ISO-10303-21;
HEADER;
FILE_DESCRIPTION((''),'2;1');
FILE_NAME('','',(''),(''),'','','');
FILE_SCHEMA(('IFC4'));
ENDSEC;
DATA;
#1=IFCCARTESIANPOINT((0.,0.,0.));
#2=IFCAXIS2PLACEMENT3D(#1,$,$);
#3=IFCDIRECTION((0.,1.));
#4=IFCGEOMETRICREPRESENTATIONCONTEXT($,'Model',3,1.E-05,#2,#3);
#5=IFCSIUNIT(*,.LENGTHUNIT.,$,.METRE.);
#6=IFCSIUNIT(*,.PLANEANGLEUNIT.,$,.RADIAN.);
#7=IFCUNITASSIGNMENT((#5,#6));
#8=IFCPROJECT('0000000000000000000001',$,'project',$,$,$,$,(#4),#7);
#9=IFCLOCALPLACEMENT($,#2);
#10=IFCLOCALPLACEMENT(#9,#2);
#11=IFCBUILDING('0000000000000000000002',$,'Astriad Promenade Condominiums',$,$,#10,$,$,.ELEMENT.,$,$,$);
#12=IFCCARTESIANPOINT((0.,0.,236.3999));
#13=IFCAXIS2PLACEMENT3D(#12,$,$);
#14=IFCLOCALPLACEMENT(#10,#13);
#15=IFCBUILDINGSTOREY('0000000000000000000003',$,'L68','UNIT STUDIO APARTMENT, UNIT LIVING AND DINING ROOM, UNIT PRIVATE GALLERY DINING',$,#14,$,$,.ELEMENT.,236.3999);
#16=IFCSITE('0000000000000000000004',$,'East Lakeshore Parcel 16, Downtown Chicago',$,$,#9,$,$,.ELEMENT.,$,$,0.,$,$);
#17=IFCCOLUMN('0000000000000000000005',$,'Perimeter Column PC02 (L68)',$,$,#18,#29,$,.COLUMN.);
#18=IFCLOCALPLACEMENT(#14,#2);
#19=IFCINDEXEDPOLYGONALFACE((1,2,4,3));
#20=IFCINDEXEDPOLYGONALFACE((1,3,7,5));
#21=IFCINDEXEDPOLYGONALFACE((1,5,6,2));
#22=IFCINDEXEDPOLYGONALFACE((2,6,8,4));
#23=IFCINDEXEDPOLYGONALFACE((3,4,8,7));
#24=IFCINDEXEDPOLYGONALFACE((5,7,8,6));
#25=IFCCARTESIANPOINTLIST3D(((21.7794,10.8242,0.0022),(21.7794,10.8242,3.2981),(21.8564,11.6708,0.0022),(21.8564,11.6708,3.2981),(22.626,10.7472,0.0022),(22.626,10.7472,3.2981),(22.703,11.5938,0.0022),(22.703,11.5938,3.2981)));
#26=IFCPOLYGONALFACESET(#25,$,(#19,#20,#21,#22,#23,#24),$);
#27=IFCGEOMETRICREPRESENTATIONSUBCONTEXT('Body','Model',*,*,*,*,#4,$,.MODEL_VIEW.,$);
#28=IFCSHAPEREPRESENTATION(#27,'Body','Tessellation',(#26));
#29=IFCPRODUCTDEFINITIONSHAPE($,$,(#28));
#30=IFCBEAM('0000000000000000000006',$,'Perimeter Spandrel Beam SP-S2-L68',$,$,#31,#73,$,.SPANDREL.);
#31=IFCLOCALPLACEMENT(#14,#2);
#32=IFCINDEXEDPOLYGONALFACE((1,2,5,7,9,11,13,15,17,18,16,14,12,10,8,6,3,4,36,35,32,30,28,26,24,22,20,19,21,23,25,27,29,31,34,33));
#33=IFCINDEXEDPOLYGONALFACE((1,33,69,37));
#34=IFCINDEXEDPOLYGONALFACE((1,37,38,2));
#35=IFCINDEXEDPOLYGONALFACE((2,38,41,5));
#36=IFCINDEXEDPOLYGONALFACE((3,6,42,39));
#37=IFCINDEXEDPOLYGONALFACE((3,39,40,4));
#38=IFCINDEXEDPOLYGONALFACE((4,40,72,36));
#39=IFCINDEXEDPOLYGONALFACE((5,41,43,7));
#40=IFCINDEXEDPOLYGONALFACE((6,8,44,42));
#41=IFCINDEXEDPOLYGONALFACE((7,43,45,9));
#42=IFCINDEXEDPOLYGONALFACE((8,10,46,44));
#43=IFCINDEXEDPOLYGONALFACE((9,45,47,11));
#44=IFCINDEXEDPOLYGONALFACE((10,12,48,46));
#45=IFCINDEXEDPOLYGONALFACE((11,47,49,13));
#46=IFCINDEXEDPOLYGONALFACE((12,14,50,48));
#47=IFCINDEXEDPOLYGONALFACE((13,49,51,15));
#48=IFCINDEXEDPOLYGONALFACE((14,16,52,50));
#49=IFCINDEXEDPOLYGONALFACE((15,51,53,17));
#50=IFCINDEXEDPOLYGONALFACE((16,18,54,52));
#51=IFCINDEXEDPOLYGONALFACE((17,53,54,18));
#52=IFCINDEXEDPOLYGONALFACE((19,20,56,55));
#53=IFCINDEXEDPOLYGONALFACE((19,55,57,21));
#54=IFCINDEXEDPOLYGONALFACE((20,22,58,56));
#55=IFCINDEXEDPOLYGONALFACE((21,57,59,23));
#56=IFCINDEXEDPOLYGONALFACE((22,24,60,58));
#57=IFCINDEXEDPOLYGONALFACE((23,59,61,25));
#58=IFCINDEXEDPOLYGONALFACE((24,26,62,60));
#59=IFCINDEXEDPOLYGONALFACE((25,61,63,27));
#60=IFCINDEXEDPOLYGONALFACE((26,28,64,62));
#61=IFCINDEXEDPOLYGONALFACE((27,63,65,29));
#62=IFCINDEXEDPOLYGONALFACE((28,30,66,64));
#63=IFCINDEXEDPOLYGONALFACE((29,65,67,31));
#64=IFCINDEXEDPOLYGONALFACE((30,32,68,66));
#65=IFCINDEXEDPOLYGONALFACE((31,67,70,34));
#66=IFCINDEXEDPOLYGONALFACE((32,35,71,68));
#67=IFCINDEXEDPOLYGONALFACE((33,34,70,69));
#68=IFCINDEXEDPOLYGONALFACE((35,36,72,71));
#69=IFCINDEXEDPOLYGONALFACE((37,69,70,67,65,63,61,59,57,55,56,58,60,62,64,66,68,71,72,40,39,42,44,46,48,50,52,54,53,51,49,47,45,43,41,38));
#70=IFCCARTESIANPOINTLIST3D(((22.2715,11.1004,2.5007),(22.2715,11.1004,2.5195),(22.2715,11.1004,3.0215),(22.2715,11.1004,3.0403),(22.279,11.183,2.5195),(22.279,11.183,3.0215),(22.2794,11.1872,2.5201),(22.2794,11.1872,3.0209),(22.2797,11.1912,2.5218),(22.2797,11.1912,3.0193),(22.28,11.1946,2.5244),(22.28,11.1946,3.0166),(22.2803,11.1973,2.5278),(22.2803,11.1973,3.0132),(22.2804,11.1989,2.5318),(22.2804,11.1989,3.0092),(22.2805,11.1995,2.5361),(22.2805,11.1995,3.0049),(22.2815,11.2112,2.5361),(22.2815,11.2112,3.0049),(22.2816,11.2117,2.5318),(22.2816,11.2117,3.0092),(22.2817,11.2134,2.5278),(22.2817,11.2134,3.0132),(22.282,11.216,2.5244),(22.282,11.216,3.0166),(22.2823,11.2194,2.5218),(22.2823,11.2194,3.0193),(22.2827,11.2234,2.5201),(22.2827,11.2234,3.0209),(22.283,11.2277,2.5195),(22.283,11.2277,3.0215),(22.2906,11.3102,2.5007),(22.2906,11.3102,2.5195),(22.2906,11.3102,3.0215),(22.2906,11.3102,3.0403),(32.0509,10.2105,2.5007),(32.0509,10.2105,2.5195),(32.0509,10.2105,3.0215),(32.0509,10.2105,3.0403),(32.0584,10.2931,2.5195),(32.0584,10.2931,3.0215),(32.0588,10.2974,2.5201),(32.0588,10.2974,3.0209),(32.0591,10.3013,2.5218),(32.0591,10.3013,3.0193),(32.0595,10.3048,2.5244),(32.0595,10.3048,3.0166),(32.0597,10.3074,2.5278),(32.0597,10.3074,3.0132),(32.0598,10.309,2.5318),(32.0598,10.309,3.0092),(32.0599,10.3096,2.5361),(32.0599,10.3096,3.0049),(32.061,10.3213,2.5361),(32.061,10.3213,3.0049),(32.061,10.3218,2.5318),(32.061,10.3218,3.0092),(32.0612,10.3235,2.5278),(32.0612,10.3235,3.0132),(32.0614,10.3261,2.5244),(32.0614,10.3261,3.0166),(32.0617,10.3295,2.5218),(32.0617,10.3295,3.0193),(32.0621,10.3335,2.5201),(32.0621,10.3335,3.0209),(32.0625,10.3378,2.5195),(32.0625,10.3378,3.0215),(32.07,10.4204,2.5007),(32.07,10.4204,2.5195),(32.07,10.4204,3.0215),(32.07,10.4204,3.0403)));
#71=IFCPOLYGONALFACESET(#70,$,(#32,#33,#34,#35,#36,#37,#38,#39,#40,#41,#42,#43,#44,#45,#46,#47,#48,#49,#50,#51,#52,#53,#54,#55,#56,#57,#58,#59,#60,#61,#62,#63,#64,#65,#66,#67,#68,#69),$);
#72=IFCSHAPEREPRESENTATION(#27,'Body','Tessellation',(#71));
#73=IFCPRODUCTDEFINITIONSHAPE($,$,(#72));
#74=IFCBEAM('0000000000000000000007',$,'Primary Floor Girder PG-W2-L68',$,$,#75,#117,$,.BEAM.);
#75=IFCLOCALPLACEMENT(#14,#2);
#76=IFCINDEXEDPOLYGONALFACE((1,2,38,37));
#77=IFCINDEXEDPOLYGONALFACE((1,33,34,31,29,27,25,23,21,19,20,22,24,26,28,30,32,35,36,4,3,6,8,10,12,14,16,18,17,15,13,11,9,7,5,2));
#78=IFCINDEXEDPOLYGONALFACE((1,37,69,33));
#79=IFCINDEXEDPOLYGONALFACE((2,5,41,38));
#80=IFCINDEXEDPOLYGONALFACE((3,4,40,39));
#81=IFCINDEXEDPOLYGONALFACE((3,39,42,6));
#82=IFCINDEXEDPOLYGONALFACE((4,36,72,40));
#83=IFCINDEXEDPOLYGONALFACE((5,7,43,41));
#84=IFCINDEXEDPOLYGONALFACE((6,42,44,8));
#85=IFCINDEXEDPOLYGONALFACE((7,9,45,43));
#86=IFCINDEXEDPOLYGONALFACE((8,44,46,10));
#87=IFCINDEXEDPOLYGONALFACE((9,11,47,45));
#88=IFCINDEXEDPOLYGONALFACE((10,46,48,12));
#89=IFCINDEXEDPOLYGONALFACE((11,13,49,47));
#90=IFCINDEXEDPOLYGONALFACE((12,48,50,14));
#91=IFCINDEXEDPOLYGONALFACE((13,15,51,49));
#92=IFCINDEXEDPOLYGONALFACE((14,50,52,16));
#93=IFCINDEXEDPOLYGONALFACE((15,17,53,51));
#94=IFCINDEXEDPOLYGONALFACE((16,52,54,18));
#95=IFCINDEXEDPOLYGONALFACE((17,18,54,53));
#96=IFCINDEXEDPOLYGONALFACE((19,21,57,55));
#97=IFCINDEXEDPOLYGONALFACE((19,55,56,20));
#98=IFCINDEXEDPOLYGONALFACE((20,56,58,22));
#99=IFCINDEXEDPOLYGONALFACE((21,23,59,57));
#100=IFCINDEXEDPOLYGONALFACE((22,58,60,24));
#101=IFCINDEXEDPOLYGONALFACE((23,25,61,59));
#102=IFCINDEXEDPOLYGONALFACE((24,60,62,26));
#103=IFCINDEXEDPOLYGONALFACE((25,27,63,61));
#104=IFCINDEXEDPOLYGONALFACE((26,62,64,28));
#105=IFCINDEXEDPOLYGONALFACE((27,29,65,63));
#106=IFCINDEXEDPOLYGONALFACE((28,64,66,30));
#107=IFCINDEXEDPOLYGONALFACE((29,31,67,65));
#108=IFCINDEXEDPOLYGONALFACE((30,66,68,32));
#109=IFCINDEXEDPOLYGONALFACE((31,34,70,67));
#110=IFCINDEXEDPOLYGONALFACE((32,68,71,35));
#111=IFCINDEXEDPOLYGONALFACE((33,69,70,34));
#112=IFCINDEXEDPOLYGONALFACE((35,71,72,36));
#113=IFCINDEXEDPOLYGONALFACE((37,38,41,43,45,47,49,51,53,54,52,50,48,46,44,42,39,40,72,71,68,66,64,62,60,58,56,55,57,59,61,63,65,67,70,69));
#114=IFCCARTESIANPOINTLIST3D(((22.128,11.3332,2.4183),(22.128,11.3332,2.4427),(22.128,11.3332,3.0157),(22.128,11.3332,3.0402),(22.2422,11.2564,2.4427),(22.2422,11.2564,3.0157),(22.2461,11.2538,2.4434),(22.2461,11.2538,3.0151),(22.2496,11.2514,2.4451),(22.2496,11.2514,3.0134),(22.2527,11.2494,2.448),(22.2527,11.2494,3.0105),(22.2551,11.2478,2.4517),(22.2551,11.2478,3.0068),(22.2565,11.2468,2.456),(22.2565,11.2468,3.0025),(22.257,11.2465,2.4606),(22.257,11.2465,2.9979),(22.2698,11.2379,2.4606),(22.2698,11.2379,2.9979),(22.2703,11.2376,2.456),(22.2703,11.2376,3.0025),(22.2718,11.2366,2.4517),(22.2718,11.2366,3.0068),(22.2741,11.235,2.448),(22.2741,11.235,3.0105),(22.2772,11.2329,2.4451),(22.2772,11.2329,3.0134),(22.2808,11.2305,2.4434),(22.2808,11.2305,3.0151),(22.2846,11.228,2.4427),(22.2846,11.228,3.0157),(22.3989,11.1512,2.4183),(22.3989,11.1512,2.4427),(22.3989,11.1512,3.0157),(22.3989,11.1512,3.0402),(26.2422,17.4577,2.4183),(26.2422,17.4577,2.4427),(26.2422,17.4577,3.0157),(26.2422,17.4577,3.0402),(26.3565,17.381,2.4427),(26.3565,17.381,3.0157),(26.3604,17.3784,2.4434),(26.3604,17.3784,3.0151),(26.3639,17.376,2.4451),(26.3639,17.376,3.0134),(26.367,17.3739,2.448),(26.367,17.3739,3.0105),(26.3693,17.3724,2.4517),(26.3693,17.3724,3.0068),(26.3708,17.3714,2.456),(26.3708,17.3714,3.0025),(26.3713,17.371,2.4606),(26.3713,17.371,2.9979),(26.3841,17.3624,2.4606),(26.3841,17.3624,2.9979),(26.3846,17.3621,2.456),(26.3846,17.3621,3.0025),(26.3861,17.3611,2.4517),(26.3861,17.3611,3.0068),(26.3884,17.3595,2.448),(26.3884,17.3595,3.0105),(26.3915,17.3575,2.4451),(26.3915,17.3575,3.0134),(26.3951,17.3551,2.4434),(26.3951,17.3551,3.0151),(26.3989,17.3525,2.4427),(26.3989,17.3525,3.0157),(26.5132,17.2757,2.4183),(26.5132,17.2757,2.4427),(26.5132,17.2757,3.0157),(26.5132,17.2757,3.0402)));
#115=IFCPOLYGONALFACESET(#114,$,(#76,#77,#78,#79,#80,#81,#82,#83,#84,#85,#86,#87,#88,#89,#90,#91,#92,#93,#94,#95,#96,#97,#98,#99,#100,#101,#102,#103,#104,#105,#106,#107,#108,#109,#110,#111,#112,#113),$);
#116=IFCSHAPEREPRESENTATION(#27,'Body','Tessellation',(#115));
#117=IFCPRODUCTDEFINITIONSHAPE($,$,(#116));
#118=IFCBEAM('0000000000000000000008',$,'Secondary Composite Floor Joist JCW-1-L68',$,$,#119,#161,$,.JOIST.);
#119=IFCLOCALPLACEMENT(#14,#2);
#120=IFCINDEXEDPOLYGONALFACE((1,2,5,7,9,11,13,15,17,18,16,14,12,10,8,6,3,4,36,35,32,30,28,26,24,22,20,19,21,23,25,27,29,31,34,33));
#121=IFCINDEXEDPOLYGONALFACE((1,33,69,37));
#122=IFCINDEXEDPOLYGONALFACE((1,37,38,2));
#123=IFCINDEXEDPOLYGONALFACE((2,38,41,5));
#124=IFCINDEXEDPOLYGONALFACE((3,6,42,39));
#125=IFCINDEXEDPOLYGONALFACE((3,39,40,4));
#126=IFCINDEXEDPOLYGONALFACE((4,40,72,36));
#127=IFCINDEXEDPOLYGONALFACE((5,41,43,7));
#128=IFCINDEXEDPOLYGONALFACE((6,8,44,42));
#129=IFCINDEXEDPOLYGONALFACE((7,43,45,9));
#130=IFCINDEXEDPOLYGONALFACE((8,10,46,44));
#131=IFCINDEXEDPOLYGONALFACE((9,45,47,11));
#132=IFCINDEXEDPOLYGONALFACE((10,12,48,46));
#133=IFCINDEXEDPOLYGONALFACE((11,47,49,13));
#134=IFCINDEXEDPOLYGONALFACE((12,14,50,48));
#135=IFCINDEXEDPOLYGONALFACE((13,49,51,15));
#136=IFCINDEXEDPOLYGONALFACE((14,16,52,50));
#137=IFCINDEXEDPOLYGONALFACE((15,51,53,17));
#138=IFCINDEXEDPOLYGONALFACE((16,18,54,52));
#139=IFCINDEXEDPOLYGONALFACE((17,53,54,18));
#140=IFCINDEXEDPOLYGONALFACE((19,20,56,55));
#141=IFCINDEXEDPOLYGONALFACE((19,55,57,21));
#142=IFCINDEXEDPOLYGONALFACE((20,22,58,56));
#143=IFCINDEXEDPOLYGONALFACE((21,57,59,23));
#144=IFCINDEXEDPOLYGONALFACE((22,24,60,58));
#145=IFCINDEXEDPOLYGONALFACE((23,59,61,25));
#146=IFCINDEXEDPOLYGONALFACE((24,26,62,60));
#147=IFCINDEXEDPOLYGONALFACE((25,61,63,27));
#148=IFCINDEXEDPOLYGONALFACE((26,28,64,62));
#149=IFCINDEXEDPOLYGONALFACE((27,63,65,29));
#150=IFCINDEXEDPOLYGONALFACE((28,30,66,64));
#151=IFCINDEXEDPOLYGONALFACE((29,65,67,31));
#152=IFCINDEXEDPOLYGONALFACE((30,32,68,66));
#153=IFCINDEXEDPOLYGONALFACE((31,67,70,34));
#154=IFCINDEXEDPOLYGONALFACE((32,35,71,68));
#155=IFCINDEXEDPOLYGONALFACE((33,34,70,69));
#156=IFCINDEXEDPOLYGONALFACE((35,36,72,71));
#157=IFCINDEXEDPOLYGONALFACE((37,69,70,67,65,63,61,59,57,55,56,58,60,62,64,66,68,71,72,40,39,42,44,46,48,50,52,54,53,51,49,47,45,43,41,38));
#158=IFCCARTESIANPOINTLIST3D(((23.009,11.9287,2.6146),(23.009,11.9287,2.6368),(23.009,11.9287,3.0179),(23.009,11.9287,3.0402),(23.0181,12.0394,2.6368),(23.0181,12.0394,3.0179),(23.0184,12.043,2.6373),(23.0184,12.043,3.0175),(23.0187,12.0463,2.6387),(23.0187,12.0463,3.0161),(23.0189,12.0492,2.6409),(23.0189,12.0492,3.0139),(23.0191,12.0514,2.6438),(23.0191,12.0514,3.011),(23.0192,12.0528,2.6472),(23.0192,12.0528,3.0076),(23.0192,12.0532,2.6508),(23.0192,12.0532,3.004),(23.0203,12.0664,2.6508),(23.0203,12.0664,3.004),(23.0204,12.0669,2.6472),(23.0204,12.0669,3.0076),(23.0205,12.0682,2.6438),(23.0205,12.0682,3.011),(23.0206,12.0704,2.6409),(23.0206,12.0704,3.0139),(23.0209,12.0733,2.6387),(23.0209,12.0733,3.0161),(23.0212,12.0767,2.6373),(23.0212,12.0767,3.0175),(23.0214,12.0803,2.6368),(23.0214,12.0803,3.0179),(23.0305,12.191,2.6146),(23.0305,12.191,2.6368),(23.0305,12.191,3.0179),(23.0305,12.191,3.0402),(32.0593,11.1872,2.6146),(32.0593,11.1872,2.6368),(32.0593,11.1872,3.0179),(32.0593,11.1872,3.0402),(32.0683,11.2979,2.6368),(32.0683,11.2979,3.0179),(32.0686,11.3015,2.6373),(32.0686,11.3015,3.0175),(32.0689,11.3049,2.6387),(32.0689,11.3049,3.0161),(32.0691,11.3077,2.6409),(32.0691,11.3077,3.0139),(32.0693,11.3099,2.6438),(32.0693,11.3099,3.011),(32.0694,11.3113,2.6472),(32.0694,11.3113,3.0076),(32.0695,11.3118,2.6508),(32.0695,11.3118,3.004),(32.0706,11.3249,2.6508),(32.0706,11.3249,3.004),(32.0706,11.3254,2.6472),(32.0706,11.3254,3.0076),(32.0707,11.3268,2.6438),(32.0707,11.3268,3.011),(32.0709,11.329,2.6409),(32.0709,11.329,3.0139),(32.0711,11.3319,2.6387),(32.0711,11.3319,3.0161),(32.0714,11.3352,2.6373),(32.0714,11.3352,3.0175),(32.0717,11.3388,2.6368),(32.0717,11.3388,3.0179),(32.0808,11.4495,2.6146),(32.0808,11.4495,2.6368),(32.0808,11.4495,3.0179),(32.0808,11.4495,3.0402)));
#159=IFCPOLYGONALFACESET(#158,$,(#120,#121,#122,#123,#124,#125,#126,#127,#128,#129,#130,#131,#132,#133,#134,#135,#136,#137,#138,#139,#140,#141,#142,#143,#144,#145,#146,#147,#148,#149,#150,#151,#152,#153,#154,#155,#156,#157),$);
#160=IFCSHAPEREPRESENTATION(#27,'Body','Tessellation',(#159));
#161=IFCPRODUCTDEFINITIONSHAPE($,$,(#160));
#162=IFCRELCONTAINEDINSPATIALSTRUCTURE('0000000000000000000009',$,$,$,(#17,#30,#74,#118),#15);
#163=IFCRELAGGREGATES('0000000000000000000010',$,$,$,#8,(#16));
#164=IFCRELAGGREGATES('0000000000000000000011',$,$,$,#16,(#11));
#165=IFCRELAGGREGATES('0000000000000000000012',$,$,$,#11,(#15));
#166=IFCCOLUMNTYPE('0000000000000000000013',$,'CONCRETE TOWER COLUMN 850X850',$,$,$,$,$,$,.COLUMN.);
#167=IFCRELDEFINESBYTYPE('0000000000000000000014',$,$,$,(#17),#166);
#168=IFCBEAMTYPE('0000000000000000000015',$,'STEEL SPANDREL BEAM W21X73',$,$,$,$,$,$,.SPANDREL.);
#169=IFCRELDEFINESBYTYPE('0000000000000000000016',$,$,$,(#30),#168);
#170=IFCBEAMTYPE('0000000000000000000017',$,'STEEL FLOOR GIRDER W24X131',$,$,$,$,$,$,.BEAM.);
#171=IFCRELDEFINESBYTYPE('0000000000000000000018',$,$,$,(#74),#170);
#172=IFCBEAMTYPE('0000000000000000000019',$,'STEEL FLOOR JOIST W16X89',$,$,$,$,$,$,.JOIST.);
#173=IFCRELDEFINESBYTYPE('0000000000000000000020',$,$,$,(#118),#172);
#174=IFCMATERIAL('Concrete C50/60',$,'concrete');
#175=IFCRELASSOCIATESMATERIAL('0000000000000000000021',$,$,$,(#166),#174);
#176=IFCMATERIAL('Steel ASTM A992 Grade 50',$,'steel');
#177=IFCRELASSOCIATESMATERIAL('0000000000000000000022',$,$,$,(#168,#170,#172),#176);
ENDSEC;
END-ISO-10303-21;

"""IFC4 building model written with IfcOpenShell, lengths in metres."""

from ifc_helpers import new_model, si_unit, direction, frame, origin, origin_2d, place, context, subcontext, project, spatial, rectangle, i_section, extrude, source, transform, mapped, material, material_profile, profile_set, type_object, type_shapes, element, save


model = new_model("IFC4")

# Units and contexts
model_context = context("Model", 3, precision=1e-05, world=origin(), true_north=direction((0.0, 1.0)))
body_context = subcontext(model_context, "Body", "Model", "MODEL_VIEW")
ifc_project = project(units=[si_unit("LENGTHUNIT", "METRE"), si_unit("PLANEANGLEUNIT", "RADIAN")], contexts=[model_context])

# Site, building, storey
site_placement = place(None, origin())
site = spatial("IfcSite", under=ifc_project, at=site_placement, Name="East Lakeshore Parcel 16, Downtown Chicago", CompositionType="ELEMENT", RefElevation=0.0)
building_placement = place(site_placement, origin())
building = spatial("IfcBuilding", under=site, at=building_placement, Name="Astriad Promenade Condominiums", CompositionType="ELEMENT")
storey_placement = place(building_placement, frame((0.0, 0.0, 236.3999)))
storey = spatial("IfcBuildingStorey", under=building, at=storey_placement, Name="L68", Description="UNIT STUDIO APARTMENT, UNIT LIVING AND DINING ROOM, UNIT PRIVATE GALLERY DINING", CompositionType="ELEMENT", Elevation=236.3999)

# Column
ifc_material_1 = material(Name="Concrete C50/60", Category="concrete")
ifc_material_profile_1 = material_profile(ifc_material_1, rectangle(XDim=0.8501, YDim=0.8501, at=origin_2d()), Name="RC-COL-850X850")
ifc_profile_set_1 = profile_set([ifc_material_profile_1], Name="Concrete C50/60")
column_type = type_object("IfcColumnType", Name="CONCRETE TOWER COLUMN 850X850", PredefinedType="COLUMN", material=ifc_profile_set_1)
shared_shape_1 = source(origin(), body_context, "Body", "SweptSolid", [
    extrude(rectangle(XDim=0.8501, YDim=0.8501, at=origin_2d()), origin(), (0.0, 0.0, 1.0), 3.2959),
])
type_shapes(column_type, [shared_shape_1])
column_placement = place(storey_placement, frame((22.2412, 11.209, 0.0022), z_axis=(0.0, 0.0, 1.0), x_axis=(0.995884, -0.090633, 0.0)))
element("IfcColumn", 1, at=column_placement, inside=storey, type_object=column_type, Name="Perimeter Column PC02 (L68)", PredefinedType="COLUMN", context=body_context, shape_type="MappedRepresentation", body=[
    mapped(shared_shape_1, transform((0.0, 0.0, 0.0), scale=1.0)),
])

# Beams
ifc_material_2 = material(Name="Steel ASTM A992 Grade 50", Category="steel")
ifc_material_profile_2 = material_profile(ifc_material_2, i_section(OverallWidth=0.2107, OverallDepth=0.5396, WebThickness=0.0117, FlangeThickness=0.0188, FilletRadius=0.0166, at=origin_2d()), Name="W21X73")
ifc_profile_set_2 = profile_set([ifc_material_profile_2], Name="Steel ASTM A992 Grade 50")
beam_type_1 = type_object("IfcBeamType", Name="STEEL SPANDREL BEAM W21X73", PredefinedType="SPANDREL", material=ifc_profile_set_2)
shared_shape_2 = source(origin(), body_context, "Body", "SweptSolid", [
    extrude(i_section(OverallWidth=0.2107, OverallDepth=0.5396, WebThickness=0.0117, FlangeThickness=0.0188, FilletRadius=0.0166, at=origin_2d()), origin(), (0.0, 0.0, 1.0), 9.8198),
])
type_shapes(beam_type_1, [shared_shape_2])
beam_1_placement = place(storey_placement, frame((22.281, 11.2053, 2.7705), z_axis=(0.995885, -0.090621, 0.0), x_axis=(0.090621, 0.995885, 0.0)))
element("IfcBeam", 2, at=beam_1_placement, inside=storey, type_object=beam_type_1, Name="Perimeter Spandrel Beam SP-S2-L68", PredefinedType="SPANDREL", context=body_context, shape_type="MappedRepresentation", body=[
    mapped(shared_shape_2, transform((0.0, 0.0, 0.0), scale=1.0)),
])
ifc_material_profile_3 = material_profile(ifc_material_2, i_section(OverallWidth=0.3264, OverallDepth=0.6218, WebThickness=0.0154, FlangeThickness=0.0244, FilletRadius=0.0178, at=origin_2d()), Name="W24X131")
ifc_profile_set_3 = profile_set([ifc_material_profile_3], Name="Steel ASTM A992 Grade 50")
beam_type_2 = type_object("IfcBeamType", Name="STEEL FLOOR GIRDER W24X131", PredefinedType="BEAM", material=ifc_profile_set_3)
shared_shape_3 = source(origin(), body_context, "Body", "SweptSolid", [
    extrude(i_section(OverallWidth=0.3264, OverallDepth=0.6218, WebThickness=0.0154, FlangeThickness=0.0244, FilletRadius=0.0178, at=origin_2d()), origin(), (0.0, 0.0, 1.0), 7.3782),
])
type_shapes(beam_type_2, [shared_shape_3])
beam_2_placement = place(storey_placement, frame((22.2634, 11.2422, 2.7292), z_axis=(0.557629, 0.83009, 0.0), x_axis=(-0.83009, 0.557629, 0.0)))
element("IfcBeam", 3, at=beam_2_placement, inside=storey, type_object=beam_type_2, Name="Primary Floor Girder PG-W2-L68", PredefinedType="BEAM", context=body_context, shape_type="MappedRepresentation", body=[
    mapped(shared_shape_3, transform((0.0, 0.0, 0.0), scale=1.0)),
])
ifc_material_profile_4 = material_profile(ifc_material_2, i_section(OverallWidth=0.2632, OverallDepth=0.4255, WebThickness=0.0132, FlangeThickness=0.0222, FilletRadius=0.0139, at=origin_2d()), Name="W16X89")
ifc_profile_set_4 = profile_set([ifc_material_profile_4], Name="Steel ASTM A992 Grade 50")
beam_type_3 = type_object("IfcBeamType", Name="STEEL FLOOR JOIST W16X89", PredefinedType="JOIST", material=ifc_profile_set_4)
shared_shape_4 = source(origin(), body_context, "Body", "SweptSolid", [
    extrude(i_section(OverallWidth=0.2632, OverallDepth=0.4255, WebThickness=0.0132, FlangeThickness=0.0222, FilletRadius=0.0139, at=origin_2d()), origin(), (0.0, 0.0, 1.0), 9.0806),
])
beam_3_placement = place(storey_placement, frame((23.0198, 12.0598, 2.8274), z_axis=(0.996661, -0.081653, 0.0), x_axis=(0.081653, 0.996661, 0.0)))
element("IfcBeam", 4, at=beam_3_placement, inside=storey, type_object=beam_type_3, Name="Secondary Composite Floor Joist JCW-1-L68", PredefinedType="JOIST", context=body_context, shape_type="MappedRepresentation", body=[
    mapped(shared_shape_4, transform((0.0, 0.0, 0.0), scale=1.0)),
])

save(model, "model.ifc")
